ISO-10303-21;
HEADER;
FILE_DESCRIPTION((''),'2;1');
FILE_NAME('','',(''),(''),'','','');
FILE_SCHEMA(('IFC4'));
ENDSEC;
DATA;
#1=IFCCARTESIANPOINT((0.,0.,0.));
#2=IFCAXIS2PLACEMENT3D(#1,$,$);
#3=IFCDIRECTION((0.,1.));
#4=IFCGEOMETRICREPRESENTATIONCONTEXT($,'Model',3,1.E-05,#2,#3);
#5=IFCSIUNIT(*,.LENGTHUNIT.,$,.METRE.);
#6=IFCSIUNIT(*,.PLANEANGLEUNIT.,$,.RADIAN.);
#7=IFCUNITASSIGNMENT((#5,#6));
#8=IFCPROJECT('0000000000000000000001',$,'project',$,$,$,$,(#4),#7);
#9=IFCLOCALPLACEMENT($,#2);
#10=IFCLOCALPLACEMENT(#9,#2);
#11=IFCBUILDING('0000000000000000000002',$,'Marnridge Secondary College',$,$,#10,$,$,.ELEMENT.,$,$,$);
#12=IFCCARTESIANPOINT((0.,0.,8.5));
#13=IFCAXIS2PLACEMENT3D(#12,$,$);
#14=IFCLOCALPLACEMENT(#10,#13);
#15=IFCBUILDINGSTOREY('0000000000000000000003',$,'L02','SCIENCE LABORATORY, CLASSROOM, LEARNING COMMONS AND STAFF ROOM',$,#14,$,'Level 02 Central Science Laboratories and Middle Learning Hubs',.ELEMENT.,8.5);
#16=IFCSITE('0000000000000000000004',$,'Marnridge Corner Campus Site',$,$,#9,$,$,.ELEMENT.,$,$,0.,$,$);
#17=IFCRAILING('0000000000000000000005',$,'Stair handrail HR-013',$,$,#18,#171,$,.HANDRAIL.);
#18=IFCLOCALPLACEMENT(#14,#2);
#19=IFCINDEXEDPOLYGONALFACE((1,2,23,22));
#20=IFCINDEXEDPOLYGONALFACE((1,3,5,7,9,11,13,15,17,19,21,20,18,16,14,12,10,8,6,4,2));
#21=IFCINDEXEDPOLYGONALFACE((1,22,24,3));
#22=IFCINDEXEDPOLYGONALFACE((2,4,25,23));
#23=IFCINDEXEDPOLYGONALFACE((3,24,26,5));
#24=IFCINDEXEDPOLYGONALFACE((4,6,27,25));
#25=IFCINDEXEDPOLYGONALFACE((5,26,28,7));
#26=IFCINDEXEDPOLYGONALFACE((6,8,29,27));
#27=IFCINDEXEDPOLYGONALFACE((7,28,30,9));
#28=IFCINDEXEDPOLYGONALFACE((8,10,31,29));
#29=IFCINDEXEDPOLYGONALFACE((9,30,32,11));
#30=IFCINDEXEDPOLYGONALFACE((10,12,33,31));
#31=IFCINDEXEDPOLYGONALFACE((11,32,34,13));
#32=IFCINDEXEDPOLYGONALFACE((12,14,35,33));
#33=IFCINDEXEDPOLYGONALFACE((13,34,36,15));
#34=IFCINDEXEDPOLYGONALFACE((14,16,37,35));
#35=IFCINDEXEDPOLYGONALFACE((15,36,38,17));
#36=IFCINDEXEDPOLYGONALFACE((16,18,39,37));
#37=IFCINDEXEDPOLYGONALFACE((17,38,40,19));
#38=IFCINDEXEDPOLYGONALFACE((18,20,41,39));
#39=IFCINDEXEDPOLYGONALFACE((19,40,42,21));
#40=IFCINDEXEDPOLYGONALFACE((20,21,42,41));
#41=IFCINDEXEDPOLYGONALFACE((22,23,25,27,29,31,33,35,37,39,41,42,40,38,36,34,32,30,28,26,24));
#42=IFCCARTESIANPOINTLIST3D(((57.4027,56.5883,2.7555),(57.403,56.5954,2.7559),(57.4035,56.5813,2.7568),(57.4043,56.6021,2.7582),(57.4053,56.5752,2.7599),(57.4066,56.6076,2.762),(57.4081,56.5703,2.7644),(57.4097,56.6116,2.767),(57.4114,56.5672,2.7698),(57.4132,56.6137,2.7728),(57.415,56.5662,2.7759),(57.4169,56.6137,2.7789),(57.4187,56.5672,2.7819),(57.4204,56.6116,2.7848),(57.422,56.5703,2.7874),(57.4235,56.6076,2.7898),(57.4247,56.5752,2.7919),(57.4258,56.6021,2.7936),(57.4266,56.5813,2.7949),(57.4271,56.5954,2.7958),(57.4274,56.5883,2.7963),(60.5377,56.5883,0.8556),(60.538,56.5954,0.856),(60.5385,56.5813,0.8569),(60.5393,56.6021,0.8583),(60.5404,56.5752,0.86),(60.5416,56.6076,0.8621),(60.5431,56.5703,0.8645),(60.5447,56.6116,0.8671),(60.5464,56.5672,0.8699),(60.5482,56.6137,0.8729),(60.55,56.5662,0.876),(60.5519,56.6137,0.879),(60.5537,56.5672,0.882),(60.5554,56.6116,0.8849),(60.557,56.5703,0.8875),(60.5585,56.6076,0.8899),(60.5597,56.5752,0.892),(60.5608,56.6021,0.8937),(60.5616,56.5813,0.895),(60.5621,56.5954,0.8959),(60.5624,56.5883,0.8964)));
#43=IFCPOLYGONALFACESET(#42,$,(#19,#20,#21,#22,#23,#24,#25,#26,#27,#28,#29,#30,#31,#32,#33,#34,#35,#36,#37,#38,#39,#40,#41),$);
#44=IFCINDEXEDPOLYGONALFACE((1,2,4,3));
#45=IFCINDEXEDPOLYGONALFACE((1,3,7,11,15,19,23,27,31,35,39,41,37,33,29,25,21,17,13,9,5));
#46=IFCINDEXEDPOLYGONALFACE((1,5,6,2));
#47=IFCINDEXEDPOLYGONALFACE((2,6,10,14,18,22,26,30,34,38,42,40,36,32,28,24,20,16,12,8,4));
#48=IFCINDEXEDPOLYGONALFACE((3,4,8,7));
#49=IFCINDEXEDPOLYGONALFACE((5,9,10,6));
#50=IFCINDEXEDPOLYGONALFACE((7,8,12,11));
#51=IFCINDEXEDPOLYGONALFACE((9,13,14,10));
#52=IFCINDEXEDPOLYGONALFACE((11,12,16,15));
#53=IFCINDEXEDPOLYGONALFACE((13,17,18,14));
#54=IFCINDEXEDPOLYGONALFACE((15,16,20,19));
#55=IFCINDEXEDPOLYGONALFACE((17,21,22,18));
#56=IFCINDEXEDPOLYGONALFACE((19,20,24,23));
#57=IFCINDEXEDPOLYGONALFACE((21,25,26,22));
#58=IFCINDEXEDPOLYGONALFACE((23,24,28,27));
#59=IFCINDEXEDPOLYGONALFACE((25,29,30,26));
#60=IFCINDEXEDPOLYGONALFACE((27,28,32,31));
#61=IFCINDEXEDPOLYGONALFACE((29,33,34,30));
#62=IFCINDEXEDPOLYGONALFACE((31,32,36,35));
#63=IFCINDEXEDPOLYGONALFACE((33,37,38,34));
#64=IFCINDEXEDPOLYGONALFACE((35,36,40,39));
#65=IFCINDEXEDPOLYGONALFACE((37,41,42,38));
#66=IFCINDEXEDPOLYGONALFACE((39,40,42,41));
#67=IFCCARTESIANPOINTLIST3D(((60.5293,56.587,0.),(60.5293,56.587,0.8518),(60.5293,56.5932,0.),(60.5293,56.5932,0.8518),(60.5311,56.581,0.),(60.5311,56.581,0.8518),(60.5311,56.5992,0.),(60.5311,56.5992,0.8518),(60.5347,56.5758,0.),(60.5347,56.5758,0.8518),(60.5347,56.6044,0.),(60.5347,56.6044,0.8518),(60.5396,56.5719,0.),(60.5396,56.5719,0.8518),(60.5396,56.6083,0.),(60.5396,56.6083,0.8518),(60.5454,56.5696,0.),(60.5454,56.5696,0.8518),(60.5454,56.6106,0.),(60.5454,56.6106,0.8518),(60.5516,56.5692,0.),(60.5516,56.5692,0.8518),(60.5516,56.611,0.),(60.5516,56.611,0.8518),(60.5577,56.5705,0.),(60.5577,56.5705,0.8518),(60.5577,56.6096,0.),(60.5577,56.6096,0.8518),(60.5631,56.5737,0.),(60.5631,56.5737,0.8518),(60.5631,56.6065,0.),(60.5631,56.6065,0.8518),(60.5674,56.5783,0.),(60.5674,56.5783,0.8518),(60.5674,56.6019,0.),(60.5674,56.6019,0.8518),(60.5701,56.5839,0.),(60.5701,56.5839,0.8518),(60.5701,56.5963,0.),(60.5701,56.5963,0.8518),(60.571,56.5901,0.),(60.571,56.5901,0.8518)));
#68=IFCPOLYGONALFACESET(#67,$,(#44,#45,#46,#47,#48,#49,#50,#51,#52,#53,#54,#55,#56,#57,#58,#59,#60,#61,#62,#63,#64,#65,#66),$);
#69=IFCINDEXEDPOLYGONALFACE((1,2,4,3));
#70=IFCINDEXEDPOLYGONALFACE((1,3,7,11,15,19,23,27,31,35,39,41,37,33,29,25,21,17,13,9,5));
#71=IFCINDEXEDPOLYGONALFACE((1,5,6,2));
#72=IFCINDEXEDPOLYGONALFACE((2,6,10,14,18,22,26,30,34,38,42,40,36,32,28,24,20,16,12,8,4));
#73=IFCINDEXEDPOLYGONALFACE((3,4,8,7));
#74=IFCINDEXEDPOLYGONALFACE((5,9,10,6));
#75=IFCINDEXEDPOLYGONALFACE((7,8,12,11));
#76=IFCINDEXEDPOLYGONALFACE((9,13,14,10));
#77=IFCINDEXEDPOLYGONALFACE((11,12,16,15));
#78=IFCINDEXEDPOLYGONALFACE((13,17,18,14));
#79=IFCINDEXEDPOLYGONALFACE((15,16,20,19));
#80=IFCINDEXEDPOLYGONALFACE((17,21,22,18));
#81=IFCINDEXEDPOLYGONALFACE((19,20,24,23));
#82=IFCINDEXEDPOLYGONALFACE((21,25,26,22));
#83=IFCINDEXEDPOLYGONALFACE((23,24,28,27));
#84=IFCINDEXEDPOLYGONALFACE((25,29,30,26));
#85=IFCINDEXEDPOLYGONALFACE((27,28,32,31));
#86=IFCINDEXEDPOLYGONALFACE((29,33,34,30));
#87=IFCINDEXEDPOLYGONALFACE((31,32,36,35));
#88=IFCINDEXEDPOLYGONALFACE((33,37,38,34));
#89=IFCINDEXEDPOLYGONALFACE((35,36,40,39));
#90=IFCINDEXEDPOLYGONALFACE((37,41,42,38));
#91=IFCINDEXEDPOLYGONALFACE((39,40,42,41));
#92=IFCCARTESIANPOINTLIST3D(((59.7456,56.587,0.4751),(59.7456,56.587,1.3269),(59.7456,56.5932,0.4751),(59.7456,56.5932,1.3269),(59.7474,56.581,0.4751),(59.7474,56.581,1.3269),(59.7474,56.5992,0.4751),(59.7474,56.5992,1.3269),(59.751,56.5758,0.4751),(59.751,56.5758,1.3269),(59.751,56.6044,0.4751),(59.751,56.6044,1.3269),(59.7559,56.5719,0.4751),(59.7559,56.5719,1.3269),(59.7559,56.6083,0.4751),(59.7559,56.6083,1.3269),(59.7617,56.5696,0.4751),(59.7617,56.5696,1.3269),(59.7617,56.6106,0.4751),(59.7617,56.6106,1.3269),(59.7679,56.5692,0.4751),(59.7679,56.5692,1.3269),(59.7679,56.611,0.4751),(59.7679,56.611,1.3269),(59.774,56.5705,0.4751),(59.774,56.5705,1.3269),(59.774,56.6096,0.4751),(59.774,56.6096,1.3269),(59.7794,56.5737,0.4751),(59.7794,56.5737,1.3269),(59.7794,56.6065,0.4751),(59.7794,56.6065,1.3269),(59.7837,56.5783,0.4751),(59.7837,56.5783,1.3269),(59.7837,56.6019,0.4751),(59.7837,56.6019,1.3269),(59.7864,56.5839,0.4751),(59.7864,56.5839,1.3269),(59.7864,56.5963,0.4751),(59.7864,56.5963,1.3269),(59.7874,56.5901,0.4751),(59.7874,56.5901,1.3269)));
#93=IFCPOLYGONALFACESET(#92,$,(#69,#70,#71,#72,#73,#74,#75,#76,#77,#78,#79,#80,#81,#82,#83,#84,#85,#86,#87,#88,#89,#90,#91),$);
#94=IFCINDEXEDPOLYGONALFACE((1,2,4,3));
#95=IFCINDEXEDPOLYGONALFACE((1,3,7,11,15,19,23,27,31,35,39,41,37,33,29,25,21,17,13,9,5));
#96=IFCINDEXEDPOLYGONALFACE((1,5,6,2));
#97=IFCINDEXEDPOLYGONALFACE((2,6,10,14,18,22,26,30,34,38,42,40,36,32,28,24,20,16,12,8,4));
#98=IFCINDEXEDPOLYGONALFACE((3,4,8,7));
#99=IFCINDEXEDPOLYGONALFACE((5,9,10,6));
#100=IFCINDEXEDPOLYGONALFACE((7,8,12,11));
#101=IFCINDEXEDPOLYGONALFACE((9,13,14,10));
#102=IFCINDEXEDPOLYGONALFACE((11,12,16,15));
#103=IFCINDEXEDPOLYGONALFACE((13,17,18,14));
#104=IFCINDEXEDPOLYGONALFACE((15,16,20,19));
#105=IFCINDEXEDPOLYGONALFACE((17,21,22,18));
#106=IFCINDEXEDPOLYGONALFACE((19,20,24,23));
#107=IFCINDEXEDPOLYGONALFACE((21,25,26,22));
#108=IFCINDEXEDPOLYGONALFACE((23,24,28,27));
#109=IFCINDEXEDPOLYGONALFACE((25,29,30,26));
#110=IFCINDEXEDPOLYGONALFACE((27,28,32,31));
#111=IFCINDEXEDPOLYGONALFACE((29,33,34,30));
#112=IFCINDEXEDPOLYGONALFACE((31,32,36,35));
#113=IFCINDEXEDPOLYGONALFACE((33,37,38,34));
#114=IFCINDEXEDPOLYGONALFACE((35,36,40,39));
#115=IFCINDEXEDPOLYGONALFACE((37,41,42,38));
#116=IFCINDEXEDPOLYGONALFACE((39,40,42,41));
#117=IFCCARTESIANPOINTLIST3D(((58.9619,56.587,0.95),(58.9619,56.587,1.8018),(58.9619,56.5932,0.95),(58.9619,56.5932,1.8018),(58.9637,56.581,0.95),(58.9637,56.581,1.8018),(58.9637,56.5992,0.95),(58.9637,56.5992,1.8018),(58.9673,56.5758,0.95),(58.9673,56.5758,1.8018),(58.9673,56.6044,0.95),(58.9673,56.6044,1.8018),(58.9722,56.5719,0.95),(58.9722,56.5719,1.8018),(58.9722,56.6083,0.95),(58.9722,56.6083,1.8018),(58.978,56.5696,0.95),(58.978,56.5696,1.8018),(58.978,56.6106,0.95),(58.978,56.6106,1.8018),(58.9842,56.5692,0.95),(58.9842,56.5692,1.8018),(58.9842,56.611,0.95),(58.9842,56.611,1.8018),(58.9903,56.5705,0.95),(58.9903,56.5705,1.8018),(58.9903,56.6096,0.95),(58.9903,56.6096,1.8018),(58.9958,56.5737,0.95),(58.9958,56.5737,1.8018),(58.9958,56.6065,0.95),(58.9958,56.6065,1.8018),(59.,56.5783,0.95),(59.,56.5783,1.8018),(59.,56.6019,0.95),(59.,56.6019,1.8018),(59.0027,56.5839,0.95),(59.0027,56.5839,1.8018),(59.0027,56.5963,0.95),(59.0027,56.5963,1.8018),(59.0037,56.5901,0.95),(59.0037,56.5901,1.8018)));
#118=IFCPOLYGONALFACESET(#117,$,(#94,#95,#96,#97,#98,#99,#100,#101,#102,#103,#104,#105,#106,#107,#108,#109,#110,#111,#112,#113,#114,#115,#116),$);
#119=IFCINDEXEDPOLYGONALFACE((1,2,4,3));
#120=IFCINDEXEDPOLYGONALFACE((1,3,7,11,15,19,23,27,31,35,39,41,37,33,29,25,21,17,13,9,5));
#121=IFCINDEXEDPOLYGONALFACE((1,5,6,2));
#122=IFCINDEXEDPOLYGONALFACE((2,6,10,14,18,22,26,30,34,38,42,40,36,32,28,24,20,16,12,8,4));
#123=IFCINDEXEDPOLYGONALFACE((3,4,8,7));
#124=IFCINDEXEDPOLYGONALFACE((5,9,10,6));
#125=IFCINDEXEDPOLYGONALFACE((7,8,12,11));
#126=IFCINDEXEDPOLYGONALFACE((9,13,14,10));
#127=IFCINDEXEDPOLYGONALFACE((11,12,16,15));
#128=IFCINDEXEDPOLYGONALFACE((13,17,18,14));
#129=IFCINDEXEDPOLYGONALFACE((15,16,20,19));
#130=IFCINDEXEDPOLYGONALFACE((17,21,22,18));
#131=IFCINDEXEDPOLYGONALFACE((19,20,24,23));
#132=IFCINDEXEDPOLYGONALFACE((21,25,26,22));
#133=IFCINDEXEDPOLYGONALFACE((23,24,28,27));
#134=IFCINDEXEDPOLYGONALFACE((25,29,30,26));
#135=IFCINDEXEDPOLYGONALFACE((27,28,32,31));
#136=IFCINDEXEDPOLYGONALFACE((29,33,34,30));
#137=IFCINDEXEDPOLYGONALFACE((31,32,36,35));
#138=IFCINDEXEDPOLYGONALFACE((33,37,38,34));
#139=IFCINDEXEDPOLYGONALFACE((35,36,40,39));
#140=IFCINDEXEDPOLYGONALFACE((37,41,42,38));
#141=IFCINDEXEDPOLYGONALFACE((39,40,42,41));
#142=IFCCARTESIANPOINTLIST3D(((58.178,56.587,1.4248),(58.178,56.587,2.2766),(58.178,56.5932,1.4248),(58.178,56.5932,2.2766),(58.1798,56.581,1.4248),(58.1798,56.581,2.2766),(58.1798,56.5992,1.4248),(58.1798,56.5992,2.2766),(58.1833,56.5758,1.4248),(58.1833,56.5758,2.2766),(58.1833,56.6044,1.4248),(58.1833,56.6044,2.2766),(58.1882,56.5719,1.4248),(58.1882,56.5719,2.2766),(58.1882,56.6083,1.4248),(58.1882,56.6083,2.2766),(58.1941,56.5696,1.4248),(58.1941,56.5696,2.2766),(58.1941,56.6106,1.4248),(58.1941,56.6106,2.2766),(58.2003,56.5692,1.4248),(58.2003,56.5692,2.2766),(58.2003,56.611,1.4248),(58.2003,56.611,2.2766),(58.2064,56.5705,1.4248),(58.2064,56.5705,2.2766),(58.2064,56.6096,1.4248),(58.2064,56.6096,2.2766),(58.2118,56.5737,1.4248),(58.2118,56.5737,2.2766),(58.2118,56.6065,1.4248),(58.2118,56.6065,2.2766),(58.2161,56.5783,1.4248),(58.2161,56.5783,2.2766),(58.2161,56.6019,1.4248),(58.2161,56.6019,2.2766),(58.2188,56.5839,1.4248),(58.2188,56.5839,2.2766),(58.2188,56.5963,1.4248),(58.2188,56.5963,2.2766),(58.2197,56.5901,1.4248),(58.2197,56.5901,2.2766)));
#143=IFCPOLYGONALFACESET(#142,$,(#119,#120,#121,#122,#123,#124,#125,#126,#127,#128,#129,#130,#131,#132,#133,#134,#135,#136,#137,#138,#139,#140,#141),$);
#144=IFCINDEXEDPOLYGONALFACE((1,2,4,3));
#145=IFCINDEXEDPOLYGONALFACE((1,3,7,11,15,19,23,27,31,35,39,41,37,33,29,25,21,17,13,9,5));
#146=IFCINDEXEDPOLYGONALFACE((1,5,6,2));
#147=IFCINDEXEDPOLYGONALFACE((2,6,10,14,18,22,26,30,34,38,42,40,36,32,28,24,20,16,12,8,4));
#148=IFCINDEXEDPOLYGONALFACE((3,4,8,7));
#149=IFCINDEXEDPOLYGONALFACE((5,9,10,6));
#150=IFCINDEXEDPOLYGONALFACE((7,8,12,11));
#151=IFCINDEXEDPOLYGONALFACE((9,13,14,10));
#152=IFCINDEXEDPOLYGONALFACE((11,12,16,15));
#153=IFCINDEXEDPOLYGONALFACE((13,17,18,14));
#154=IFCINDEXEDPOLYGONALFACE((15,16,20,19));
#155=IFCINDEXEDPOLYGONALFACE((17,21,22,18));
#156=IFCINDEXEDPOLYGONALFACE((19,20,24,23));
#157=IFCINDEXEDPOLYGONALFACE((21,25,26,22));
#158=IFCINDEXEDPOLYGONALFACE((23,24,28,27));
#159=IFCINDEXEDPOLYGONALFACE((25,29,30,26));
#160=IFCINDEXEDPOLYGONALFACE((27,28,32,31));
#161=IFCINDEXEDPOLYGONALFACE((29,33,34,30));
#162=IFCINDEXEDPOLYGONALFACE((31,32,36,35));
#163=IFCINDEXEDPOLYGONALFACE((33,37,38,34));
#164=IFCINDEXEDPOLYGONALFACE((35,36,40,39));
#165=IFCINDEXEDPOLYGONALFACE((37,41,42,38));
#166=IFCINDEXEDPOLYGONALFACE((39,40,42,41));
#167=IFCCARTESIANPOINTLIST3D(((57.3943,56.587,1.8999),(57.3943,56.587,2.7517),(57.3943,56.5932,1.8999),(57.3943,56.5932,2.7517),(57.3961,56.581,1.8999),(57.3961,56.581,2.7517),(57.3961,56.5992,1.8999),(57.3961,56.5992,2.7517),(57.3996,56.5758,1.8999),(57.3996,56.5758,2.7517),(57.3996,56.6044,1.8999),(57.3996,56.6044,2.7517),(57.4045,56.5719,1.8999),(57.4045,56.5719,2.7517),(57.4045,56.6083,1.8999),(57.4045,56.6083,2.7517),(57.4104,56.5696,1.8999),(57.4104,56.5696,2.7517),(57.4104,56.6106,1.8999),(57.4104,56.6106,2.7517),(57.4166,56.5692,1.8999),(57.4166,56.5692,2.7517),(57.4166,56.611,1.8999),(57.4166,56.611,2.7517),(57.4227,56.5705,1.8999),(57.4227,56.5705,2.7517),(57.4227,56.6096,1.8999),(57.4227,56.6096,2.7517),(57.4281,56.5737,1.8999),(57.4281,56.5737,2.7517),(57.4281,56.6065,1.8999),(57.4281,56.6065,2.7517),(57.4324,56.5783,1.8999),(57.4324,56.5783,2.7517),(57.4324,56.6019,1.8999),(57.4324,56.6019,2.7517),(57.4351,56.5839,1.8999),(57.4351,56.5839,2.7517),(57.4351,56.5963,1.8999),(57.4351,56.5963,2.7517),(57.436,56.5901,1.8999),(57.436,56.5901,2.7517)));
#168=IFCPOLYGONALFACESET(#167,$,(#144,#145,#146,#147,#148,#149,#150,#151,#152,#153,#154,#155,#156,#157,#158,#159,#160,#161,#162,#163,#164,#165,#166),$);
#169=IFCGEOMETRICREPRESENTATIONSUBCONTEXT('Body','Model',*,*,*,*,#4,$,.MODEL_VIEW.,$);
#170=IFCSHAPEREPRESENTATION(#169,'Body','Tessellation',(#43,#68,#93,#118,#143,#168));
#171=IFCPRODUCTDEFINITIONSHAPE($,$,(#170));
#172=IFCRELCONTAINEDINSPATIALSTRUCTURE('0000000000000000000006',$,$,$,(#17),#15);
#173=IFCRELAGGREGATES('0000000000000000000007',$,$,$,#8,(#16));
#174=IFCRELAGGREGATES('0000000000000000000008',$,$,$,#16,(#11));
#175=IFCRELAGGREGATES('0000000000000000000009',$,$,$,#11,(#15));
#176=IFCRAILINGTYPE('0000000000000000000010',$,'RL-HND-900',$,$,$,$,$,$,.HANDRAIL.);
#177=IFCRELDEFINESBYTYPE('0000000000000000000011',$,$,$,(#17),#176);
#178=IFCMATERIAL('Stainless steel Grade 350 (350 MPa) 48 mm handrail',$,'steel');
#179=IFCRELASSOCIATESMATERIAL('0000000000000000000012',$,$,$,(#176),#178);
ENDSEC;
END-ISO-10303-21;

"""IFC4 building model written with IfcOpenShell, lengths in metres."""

from ifc_helpers import new_model, si_unit, direction, frame, origin, origin_2d, place, context, subcontext, project, spatial, circle, extrude, material, type_object, element, save


model = new_model("IFC4")

# Units and contexts
model_context = context("Model", 3, precision=1e-05, world=origin(), true_north=direction((0.0, 1.0)))
body_context = subcontext(model_context, "Body", "Model", "MODEL_VIEW")
ifc_project = project(units=[si_unit("LENGTHUNIT", "METRE"), si_unit("PLANEANGLEUNIT", "RADIAN")], contexts=[model_context])

# Site, building, storey
site_placement = place(None, origin())
site = spatial("IfcSite", under=ifc_project, at=site_placement, Name="Marnridge Corner Campus Site", CompositionType="ELEMENT", RefElevation=0.0)
building_placement = place(site_placement, origin())
building = spatial("IfcBuilding", under=site, at=building_placement, Name="Marnridge Secondary College", CompositionType="ELEMENT")
storey_placement = place(building_placement, frame((0.0, 0.0, 8.5)))
storey = spatial("IfcBuildingStorey", under=building, at=storey_placement, Name="L02", Description="SCIENCE LABORATORY, CLASSROOM, LEARNING COMMONS AND STAFF ROOM", LongName="Level 02 Central Science Laboratories and Middle Learning Hubs", CompositionType="ELEMENT", Elevation=8.5)

# Railing
ifc_material_1 = material(Name="Stainless steel Grade 350 (350 MPa) 48 mm handrail", Category="steel")
railing_type_1 = type_object("IfcRailingType", Name="RL-HND-900", PredefinedType="HANDRAIL", material=ifc_material_1)
railing_1_placement = place(storey_placement, frame((60.55, 56.5901, 0.0)))
element("IfcRailing", 1, at=railing_1_placement, inside=storey, type_object=railing_type_1, Name="Stair handrail HR-013", PredefinedType="HANDRAIL", context=body_context, shape_type="SweptSolid", body=[
    extrude(circle(Radius=0.0239, at=origin_2d()), frame((0.0, 0.0, 0.876), z_axis=(-0.85521, 0.0, 0.518281), x_axis=(0.0, -1.0, 0.0)), (0.0, 0.0, 1.0), 3.6658),
    extrude(circle(Radius=0.021, at=origin_2d()), origin(), (0.0, 0.0, 1.0), 0.8518),
    extrude(circle(Radius=0.021, at=origin_2d()), frame((-0.7837, 0.0, 0.4751)), (0.0, 0.0, 1.0), 0.8518),
    extrude(circle(Radius=0.021, at=origin_2d()), frame((-1.5674, 0.0, 0.95)), (0.0, 0.0, 1.0), 0.8518),
    extrude(circle(Radius=0.021, at=origin_2d()), frame((-2.3513, 0.0, 1.4248)), (0.0, 0.0, 1.0), 0.8518),
    extrude(circle(Radius=0.021, at=origin_2d()), frame((-3.135, 0.0, 1.8999)), (0.0, 0.0, 1.0), 0.8518),
])

save(model, "model.ifc")
